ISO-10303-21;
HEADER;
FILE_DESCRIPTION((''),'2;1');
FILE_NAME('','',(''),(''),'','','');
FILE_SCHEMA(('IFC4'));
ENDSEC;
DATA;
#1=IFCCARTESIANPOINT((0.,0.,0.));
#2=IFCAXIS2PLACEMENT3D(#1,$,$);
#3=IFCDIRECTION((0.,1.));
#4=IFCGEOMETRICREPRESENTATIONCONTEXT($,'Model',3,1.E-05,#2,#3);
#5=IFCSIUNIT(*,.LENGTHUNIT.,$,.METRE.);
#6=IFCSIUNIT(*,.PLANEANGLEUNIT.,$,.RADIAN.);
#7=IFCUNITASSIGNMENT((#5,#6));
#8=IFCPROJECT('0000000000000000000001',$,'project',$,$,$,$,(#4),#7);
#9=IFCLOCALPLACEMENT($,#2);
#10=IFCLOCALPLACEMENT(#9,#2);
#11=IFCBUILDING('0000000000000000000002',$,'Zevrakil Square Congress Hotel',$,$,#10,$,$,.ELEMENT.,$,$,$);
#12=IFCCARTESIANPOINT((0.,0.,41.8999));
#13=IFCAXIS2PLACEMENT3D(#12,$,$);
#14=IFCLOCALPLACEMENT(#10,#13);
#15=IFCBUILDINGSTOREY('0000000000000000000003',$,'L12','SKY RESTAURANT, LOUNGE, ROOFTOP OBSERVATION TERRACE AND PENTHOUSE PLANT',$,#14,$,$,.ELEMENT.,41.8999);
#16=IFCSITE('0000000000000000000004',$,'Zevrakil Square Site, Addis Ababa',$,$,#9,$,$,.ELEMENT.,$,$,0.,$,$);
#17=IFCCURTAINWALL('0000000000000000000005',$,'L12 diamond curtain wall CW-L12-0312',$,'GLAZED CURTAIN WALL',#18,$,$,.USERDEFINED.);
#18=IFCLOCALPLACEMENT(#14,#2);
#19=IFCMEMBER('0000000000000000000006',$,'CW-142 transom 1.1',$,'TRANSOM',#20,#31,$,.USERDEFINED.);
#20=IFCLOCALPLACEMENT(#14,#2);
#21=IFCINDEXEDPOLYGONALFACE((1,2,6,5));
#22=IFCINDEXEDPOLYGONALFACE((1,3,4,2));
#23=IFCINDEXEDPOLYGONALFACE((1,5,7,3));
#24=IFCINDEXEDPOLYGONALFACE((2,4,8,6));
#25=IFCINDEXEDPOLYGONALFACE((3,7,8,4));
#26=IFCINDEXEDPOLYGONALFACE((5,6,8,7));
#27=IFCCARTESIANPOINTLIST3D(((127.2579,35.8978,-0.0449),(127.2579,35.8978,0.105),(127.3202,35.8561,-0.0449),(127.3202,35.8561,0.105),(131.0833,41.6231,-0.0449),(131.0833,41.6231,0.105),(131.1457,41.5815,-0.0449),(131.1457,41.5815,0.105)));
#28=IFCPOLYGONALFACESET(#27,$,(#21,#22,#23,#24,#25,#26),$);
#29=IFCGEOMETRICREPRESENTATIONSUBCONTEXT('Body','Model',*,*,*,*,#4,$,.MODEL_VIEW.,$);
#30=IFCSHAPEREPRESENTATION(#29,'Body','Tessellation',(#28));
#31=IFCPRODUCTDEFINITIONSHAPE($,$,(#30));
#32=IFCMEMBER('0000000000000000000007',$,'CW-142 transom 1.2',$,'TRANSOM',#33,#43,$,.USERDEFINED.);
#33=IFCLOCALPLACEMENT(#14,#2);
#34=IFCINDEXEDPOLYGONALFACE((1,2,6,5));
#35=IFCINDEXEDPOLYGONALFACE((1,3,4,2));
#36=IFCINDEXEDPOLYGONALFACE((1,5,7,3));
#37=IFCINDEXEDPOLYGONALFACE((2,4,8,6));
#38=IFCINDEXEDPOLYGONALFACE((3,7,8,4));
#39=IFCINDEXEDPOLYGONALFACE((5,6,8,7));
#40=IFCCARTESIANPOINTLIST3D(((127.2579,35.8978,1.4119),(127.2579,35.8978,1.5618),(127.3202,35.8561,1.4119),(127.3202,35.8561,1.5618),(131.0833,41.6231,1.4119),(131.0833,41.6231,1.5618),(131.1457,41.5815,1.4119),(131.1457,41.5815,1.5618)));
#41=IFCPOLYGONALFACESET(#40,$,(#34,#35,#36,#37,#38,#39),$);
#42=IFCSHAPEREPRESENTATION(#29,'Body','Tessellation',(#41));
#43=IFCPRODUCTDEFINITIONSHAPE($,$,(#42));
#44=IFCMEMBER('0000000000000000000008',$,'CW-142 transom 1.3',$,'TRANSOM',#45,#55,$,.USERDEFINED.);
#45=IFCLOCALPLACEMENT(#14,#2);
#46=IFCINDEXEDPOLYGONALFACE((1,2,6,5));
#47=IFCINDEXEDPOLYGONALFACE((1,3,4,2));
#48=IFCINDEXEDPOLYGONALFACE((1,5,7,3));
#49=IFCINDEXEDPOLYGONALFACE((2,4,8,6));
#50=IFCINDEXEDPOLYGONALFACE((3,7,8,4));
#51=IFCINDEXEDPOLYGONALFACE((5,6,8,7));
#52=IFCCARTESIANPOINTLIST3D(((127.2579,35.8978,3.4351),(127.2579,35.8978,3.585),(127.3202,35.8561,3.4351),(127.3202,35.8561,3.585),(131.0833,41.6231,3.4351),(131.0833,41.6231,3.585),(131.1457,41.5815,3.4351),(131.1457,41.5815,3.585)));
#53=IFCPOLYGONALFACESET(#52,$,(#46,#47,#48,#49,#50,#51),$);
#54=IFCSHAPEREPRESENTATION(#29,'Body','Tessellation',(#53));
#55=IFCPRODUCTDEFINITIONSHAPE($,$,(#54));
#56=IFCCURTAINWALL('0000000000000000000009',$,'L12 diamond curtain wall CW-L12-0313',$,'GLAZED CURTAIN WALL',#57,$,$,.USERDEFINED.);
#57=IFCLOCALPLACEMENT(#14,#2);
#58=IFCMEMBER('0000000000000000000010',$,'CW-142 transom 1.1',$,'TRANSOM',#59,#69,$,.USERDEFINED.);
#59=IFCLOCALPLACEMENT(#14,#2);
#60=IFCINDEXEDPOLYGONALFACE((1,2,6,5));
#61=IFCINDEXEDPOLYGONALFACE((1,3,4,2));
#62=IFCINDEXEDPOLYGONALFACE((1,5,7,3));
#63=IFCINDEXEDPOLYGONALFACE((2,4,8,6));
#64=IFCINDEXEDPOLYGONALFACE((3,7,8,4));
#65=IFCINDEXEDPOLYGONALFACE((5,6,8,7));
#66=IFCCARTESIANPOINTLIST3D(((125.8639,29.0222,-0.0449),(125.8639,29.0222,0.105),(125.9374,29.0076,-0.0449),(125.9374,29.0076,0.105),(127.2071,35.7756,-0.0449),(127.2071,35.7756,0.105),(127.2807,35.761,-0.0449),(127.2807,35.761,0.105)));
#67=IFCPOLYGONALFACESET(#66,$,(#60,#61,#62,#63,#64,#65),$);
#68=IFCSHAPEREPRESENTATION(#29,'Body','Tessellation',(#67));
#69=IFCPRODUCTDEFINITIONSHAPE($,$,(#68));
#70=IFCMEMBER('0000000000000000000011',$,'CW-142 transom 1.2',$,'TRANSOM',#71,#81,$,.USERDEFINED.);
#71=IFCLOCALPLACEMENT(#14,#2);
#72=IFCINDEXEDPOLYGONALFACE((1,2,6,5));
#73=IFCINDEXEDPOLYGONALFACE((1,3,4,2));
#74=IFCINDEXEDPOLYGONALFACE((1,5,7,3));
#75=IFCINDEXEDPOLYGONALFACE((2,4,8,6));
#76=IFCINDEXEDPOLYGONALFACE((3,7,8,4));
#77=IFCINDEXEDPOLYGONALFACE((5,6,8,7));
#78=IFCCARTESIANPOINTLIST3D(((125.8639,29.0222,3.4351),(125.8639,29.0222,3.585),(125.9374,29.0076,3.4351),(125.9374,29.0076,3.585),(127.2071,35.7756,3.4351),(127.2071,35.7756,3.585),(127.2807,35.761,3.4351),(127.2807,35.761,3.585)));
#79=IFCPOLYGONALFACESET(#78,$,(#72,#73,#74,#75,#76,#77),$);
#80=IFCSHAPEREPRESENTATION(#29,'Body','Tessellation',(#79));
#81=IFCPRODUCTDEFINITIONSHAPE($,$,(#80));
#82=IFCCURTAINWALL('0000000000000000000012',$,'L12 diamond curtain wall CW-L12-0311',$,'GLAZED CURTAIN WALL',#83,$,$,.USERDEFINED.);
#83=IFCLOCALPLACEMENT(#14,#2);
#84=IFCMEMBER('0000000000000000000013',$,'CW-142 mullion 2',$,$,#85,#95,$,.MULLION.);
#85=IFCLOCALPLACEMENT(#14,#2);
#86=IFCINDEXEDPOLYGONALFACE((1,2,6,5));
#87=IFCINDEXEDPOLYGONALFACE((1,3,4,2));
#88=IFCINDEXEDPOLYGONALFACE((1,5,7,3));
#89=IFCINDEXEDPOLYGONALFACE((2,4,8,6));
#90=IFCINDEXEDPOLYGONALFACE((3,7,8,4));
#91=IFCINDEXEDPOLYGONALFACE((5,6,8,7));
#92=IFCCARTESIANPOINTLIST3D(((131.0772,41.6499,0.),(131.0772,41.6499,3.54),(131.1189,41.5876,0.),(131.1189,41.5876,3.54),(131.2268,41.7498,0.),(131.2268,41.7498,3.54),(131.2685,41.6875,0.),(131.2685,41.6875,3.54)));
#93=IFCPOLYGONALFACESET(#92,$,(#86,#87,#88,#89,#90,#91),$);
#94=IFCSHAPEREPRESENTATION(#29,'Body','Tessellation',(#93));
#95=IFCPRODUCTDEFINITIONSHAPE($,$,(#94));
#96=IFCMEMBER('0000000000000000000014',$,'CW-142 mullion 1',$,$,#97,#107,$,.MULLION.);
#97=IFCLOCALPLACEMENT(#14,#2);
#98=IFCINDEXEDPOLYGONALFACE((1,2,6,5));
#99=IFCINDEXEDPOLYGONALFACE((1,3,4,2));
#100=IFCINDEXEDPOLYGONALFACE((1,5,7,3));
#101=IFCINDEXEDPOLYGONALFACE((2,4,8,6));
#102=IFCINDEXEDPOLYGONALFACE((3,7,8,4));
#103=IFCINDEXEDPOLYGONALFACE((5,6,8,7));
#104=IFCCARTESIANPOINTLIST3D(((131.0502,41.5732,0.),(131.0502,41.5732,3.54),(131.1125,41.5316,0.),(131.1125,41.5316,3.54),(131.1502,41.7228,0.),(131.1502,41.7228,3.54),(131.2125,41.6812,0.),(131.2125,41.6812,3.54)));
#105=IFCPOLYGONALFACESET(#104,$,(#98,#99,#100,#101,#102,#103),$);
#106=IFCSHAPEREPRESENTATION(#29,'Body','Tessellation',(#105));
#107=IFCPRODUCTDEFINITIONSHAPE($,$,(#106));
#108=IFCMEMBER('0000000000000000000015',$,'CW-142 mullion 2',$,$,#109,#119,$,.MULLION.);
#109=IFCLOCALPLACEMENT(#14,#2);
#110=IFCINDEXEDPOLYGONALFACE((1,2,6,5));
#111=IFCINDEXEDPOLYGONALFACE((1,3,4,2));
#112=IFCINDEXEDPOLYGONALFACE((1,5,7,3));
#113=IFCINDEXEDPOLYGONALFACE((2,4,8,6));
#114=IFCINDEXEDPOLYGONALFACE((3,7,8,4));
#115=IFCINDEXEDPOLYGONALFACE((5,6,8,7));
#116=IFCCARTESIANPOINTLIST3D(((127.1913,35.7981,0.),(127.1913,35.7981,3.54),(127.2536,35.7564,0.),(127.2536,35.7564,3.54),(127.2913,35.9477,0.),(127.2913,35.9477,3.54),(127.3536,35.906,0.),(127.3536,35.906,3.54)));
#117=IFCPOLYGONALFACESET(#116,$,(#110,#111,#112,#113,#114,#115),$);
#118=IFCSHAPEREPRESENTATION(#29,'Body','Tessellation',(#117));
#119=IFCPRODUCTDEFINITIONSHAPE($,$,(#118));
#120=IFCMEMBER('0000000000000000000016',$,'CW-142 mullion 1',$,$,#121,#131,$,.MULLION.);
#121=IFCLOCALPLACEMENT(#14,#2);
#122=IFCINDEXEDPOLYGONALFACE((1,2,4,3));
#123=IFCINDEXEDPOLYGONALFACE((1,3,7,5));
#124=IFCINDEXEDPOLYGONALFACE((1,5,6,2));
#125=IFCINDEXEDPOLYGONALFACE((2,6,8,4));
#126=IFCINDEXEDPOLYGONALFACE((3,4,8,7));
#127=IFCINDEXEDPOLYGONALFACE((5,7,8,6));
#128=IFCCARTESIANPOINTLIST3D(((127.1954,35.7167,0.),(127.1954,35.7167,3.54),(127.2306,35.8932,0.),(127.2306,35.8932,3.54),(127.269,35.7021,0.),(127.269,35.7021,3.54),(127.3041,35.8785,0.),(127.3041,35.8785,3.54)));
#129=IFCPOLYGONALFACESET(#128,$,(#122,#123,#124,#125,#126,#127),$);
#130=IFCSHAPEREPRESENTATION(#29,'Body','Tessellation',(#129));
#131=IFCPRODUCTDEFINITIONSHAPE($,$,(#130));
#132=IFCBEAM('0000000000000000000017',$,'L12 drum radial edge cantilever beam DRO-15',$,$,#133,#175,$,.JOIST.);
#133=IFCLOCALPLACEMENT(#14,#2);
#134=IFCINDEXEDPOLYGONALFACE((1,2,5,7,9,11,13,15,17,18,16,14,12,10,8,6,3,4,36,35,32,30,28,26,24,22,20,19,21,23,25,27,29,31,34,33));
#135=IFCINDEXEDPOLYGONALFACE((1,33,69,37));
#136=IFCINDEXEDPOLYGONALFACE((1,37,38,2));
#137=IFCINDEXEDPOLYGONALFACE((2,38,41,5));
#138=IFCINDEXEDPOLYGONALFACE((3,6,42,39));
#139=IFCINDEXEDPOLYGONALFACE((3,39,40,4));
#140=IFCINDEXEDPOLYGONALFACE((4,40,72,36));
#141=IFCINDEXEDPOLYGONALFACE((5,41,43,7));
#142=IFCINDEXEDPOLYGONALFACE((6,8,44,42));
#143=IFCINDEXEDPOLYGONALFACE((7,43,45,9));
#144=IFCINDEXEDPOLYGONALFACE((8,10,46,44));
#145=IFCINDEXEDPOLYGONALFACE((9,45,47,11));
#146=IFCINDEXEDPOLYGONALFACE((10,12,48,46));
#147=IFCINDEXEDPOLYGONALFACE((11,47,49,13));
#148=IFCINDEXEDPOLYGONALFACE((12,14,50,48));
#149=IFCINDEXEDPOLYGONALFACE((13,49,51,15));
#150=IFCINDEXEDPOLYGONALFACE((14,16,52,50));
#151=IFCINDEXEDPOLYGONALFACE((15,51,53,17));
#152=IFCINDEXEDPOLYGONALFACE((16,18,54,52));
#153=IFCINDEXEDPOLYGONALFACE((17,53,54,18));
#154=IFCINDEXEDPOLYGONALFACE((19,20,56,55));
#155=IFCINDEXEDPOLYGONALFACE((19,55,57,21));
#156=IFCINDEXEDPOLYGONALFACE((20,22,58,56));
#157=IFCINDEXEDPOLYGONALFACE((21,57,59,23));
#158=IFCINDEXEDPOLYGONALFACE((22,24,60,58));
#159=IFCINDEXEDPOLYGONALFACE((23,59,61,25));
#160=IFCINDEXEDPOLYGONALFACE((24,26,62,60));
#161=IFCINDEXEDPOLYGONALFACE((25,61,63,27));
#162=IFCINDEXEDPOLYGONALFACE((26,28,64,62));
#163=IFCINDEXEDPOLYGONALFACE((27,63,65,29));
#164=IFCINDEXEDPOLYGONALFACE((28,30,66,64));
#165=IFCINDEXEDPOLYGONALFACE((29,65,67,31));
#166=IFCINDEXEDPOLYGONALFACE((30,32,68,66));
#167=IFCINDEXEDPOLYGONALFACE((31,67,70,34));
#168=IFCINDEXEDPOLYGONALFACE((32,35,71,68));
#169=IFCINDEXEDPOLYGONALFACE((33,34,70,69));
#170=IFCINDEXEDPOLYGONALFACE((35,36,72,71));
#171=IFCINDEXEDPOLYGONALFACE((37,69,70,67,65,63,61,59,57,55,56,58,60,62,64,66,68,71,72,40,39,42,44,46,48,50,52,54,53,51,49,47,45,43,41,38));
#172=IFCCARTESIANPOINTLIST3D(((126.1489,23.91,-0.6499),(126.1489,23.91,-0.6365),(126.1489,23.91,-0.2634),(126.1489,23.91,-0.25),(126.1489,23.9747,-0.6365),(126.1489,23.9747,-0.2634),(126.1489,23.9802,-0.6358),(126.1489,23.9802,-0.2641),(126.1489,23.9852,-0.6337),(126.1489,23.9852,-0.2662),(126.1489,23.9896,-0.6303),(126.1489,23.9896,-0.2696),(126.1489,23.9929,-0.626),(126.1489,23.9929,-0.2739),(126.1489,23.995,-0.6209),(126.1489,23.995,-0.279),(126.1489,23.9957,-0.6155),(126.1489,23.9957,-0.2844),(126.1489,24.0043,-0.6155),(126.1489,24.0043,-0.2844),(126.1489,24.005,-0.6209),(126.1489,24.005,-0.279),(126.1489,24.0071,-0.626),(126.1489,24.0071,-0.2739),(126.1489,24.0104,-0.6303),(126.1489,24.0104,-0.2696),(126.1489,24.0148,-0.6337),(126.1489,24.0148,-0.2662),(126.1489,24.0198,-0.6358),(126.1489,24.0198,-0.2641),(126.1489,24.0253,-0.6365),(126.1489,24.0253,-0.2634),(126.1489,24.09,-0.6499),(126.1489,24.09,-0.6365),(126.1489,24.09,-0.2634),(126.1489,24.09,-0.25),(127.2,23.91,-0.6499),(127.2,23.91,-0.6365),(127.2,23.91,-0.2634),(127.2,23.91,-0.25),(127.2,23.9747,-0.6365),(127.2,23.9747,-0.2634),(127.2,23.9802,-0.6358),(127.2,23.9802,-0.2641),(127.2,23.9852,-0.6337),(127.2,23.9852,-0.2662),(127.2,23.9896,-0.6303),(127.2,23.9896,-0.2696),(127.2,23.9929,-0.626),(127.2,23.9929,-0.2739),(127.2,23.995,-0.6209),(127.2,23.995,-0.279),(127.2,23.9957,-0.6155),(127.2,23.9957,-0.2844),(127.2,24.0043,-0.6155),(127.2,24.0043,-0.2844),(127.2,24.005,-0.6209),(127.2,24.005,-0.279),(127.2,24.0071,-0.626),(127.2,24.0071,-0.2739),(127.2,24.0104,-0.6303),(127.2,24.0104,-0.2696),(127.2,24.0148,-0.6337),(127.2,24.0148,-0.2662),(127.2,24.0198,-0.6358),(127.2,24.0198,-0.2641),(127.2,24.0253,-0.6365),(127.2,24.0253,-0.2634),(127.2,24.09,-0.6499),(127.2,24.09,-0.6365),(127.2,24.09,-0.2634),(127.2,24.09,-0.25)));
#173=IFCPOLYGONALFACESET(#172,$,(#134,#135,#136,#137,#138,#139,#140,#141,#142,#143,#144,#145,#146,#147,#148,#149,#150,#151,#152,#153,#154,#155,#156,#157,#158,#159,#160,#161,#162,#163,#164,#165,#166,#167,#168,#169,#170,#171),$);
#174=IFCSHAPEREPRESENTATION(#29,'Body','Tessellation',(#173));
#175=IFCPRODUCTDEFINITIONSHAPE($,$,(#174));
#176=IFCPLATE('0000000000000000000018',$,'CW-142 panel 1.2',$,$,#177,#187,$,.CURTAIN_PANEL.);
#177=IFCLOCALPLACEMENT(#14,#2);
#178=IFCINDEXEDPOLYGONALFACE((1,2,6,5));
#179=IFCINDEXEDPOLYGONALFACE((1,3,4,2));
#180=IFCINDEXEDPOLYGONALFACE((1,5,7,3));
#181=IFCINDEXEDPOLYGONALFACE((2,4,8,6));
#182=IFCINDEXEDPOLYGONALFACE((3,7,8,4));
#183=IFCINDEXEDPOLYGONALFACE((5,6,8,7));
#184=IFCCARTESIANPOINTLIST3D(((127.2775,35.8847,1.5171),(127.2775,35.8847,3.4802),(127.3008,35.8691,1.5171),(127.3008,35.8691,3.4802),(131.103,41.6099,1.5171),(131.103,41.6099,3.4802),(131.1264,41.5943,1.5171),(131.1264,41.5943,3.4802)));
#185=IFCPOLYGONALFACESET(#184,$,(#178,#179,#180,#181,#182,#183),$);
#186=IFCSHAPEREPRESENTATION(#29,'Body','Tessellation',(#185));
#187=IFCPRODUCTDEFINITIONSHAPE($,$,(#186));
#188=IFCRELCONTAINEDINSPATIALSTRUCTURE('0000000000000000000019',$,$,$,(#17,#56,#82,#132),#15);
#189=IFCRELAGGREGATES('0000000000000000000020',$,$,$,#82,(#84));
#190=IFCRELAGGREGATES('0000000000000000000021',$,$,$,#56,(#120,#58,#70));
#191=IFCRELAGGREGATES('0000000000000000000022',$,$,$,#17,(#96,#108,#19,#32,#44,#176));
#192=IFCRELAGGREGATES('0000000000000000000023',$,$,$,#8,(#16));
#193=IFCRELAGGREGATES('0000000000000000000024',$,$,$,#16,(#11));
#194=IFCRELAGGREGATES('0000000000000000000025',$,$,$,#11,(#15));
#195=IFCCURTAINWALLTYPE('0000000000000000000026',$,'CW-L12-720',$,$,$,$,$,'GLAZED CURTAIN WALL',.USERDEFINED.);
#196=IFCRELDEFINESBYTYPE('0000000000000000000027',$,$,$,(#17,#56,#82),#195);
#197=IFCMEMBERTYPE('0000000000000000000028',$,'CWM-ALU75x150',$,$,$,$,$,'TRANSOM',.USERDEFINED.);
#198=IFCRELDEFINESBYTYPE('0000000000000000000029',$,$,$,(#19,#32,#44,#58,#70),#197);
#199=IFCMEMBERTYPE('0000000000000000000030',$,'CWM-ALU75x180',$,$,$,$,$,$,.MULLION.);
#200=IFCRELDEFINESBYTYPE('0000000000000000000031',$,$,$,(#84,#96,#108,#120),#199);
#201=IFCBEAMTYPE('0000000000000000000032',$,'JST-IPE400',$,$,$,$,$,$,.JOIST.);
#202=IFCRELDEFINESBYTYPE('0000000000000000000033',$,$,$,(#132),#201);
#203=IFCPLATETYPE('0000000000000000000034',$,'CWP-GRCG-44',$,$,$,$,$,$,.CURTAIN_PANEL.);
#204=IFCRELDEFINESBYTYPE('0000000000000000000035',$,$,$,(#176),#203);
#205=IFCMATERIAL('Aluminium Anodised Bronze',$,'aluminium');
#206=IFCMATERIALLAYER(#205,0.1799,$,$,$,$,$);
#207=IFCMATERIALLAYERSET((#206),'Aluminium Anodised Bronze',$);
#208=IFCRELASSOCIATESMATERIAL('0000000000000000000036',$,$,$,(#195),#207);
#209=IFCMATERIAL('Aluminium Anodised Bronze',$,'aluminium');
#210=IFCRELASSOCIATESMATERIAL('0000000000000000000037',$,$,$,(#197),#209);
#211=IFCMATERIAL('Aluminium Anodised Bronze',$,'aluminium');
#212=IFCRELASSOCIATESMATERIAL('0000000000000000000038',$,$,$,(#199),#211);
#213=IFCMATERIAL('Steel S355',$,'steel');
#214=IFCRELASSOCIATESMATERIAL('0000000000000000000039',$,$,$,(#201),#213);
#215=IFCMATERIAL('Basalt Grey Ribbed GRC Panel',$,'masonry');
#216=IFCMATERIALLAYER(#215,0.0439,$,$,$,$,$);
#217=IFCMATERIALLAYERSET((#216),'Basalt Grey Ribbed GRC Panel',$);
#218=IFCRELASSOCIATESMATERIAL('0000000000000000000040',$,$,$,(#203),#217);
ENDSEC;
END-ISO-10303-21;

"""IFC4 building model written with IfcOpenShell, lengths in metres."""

from ifc_helpers import new_model, si_unit, direction, frame, origin, origin_2d, place, context, subcontext, project, spatial, rectangle, i_section, extrude, material, layer, layer_set, material_profile, profile_set, type_object, element, aggregate, save


model = new_model("IFC4")

# Units and contexts
model_context = context("Model", 3, precision=1e-05, world=origin(), true_north=direction((0.0, 1.0)))
body_context = subcontext(model_context, "Body", "Model", "MODEL_VIEW")
ifc_project = project(units=[si_unit("LENGTHUNIT", "METRE"), si_unit("PLANEANGLEUNIT", "RADIAN")], contexts=[model_context])

# Site, building, storey
site_placement = place(None, origin())
site = spatial("IfcSite", under=ifc_project, at=site_placement, Name="Zevrakil Square Site, Addis Ababa", CompositionType="ELEMENT", RefElevation=0.0)
building_placement = place(site_placement, origin())
building = spatial("IfcBuilding", under=site, at=building_placement, Name="Zevrakil Square Congress Hotel", CompositionType="ELEMENT")
storey_placement = place(building_placement, frame((0.0, 0.0, 41.8999)))
storey = spatial("IfcBuildingStorey", under=building, at=storey_placement, Name="L12", Description="SKY RESTAURANT, LOUNGE, ROOFTOP OBSERVATION TERRACE AND PENTHOUSE PLANT", CompositionType="ELEMENT", Elevation=41.8999)

# Curtain walls, members
ifc_material_1 = material(Name="Aluminium Anodised Bronze", Category="aluminium")
ifc_layer_1 = layer(ifc_material_1, 0.1799)
ifc_layer_set_1 = layer_set([ifc_layer_1], Name="Aluminium Anodised Bronze")
curtain_wall_type = type_object("IfcCurtainWallType", Name="CW-L12-720", ElementType="GLAZED CURTAIN WALL", PredefinedType="USERDEFINED", material=ifc_layer_set_1)
curtain_wall_1_placement = place(storey_placement, origin())
curtain_wall_1 = element("IfcCurtainWall", 1, at=curtain_wall_1_placement, inside=storey, type_object=curtain_wall_type, Name="L12 diamond curtain wall CW-L12-0312", ObjectType="GLAZED CURTAIN WALL", PredefinedType="USERDEFINED")
ifc_material_2 = material(Name="Aluminium Anodised Bronze", Category="aluminium")
ifc_material_profile_1 = material_profile(ifc_material_2, rectangle(XDim=0.075, YDim=0.1499, at=origin_2d()), Name="ALU 75x150")
ifc_profile_set_1 = profile_set([ifc_material_profile_1], Name="Aluminium Anodised Bronze")
member_type_1 = type_object("IfcMemberType", Name="CWM-ALU75x150", ElementType="TRANSOM", PredefinedType="USERDEFINED", material=ifc_profile_set_1)
member_1_placement = place(storey_placement, frame((131.1145, 41.6023, 0.03), z_axis=(-0.555559, -0.831477, 0.0), x_axis=(0.831477, -0.555559, 0.0)))
member_1 = element("IfcMember", 2, at=member_1_placement, type_object=member_type_1, Name="CW-142 transom 1.1", ObjectType="TRANSOM", PredefinedType="USERDEFINED", context=body_context, shape_type="SweptSolid", body=[
    extrude(rectangle(XDim=0.075, YDim=0.1499, at=origin_2d()), origin(), (0.0, 0.0, 1.0), 6.8857),
])
member_2_placement = place(storey_placement, frame((131.1145, 41.6023, 1.4868), z_axis=(-0.555559, -0.831477, 0.0), x_axis=(0.831477, -0.555559, 0.0)))
member_2 = element("IfcMember", 3, at=member_2_placement, type_object=member_type_1, Name="CW-142 transom 1.2", ObjectType="TRANSOM", PredefinedType="USERDEFINED", context=body_context, shape_type="SweptSolid", body=[
    extrude(rectangle(XDim=0.075, YDim=0.1499, at=origin_2d()), origin(), (0.0, 0.0, 1.0), 6.8857),
])
member_3_placement = place(storey_placement, frame((131.1145, 41.6023, 3.51), z_axis=(-0.555559, -0.831477, 0.0), x_axis=(0.831477, -0.555559, 0.0)))
member_3 = element("IfcMember", 4, at=member_3_placement, type_object=member_type_1, Name="CW-142 transom 1.3", ObjectType="TRANSOM", PredefinedType="USERDEFINED", context=body_context, shape_type="SweptSolid", body=[
    extrude(rectangle(XDim=0.075, YDim=0.1499, at=origin_2d()), origin(), (0.0, 0.0, 1.0), 6.8857),
])
curtain_wall_2_placement = place(storey_placement, origin())
curtain_wall_2 = element("IfcCurtainWall", 5, at=curtain_wall_2_placement, inside=storey, type_object=curtain_wall_type, Name="L12 diamond curtain wall CW-L12-0313", ObjectType="GLAZED CURTAIN WALL", PredefinedType="USERDEFINED")
member_4_placement = place(storey_placement, frame((127.2439, 35.7683, 0.03), z_axis=(-0.19508, -0.980787, 0.0), x_axis=(0.980787, -0.19508, 0.0)))
member_4 = element("IfcMember", 6, at=member_4_placement, type_object=member_type_1, Name="CW-142 transom 1.1", ObjectType="TRANSOM", PredefinedType="USERDEFINED", context=body_context, shape_type="SweptSolid", body=[
    extrude(rectangle(XDim=0.075, YDim=0.1499, at=origin_2d()), origin(), (0.0, 0.0, 1.0), 6.8857),
])
member_5_placement = place(storey_placement, frame((127.2439, 35.7683, 3.51), z_axis=(-0.19508, -0.980787, 0.0), x_axis=(0.980787, -0.19508, 0.0)))
member_5 = element("IfcMember", 7, at=member_5_placement, type_object=member_type_1, Name="CW-142 transom 1.2", ObjectType="TRANSOM", PredefinedType="USERDEFINED", context=body_context, shape_type="SweptSolid", body=[
    extrude(rectangle(XDim=0.075, YDim=0.1499, at=origin_2d()), origin(), (0.0, 0.0, 1.0), 6.8857),
])

# Curtain wall, member
curtain_wall_3_placement = place(storey_placement, origin())
curtain_wall_3 = element("IfcCurtainWall", 8, at=curtain_wall_3_placement, inside=storey, type_object=curtain_wall_type, Name="L12 diamond curtain wall CW-L12-0311", ObjectType="GLAZED CURTAIN WALL", PredefinedType="USERDEFINED")
ifc_material_3 = material(Name="Aluminium Anodised Bronze", Category="aluminium")
ifc_material_profile_2 = material_profile(ifc_material_3, rectangle(XDim=0.075, YDim=0.1799, at=origin_2d()), Name="ALU 75x180")
ifc_profile_set_2 = profile_set([ifc_material_profile_2], Name="Aluminium Anodised Bronze")
member_type_2 = type_object("IfcMemberType", Name="CWM-ALU75x180", PredefinedType="MULLION", material=ifc_profile_set_2)
member_6_placement = place(storey_placement, frame((131.1729, 41.6687, 0.0), z_axis=(0.0, 0.0, 1.0), x_axis=(0.555576, -0.831466, 0.0)))
member_6 = element("IfcMember", 9, at=member_6_placement, type_object=member_type_2, Name="CW-142 mullion 2", PredefinedType="MULLION", context=body_context, shape_type="SweptSolid", body=[
    extrude(rectangle(XDim=0.075, YDim=0.1799, at=origin_2d()), origin(), (0.0, 0.0, 1.0), 3.54),
])
aggregate(curtain_wall_3, [member_6])

# Members
member_7_placement = place(storey_placement, frame((131.1313, 41.6272, 0.0), z_axis=(0.0, 0.0, 1.0), x_axis=(0.831466, -0.555576, 0.0)))
member_7 = element("IfcMember", 10, at=member_7_placement, type_object=member_type_2, Name="CW-142 mullion 1", PredefinedType="MULLION", context=body_context, shape_type="SweptSolid", body=[
    extrude(rectangle(XDim=0.075, YDim=0.1799, at=origin_2d()), origin(), (0.0, 0.0, 1.0), 3.54),
])
member_8_placement = place(storey_placement, frame((127.2725, 35.8521, 0.0), z_axis=(0.0, 0.0, 1.0), x_axis=(0.831466, -0.555576, 0.0)))
member_8 = element("IfcMember", 11, at=member_8_placement, type_object=member_type_2, Name="CW-142 mullion 2", PredefinedType="MULLION", context=body_context, shape_type="SweptSolid", body=[
    extrude(rectangle(XDim=0.075, YDim=0.1799, at=origin_2d()), origin(), (0.0, 0.0, 1.0), 3.54),
])
member_9_placement = place(storey_placement, frame((127.2498, 35.7976, 0.0), z_axis=(0.0, 0.0, 1.0), x_axis=(0.980787, -0.195084, 0.0)))
member_9 = element("IfcMember", 12, at=member_9_placement, type_object=member_type_2, Name="CW-142 mullion 1", PredefinedType="MULLION", context=body_context, shape_type="SweptSolid", body=[
    extrude(rectangle(XDim=0.075, YDim=0.1799, at=origin_2d()), origin(), (0.0, 0.0, 1.0), 3.54),
])
aggregate(curtain_wall_2, [member_9, member_4, member_5])

# Beam
ifc_material_4 = material(Name="Steel S355", Category="steel")
ifc_material_profile_3 = material_profile(ifc_material_4, i_section(OverallWidth=0.1799, OverallDepth=0.3999, WebThickness=0.0085, FlangeThickness=0.0134, FilletRadius=0.021, at=origin_2d()), Name="IPE 400")
ifc_profile_set_3 = profile_set([ifc_material_profile_3], Name="Steel S355")
beam_type = type_object("IfcBeamType", Name="JST-IPE400", PredefinedType="JOIST", material=ifc_profile_set_3)
beam_placement = place(storey_placement, frame((127.2, 24.0, -0.45), z_axis=(-1.0, 0.0, 0.0), x_axis=(0.0, -1.0, 0.0)))
element("IfcBeam", 13, at=beam_placement, inside=storey, type_object=beam_type, Name="L12 drum radial edge cantilever beam DRO-15", PredefinedType="JOIST", context=body_context, shape_type="SweptSolid", body=[
    extrude(i_section(OverallWidth=0.1799, OverallDepth=0.3999, WebThickness=0.0085, FlangeThickness=0.0134, FilletRadius=0.021, at=origin_2d()), origin(), (0.0, 0.0, 1.0), 1.051),
])

# Plate
ifc_material_5 = material(Name="Basalt Grey Ribbed GRC Panel", Category="masonry")
ifc_layer_2 = layer(ifc_material_5, 0.0439)
ifc_layer_set_2 = layer_set([ifc_layer_2], Name="Basalt Grey Ribbed GRC Panel")
plate_type_1 = type_object("IfcPlateType", Name="CWP-GRCG-44", PredefinedType="CURTAIN_PANEL", material=ifc_layer_set_2)
plate_1_placement = place(storey_placement, frame((129.2019, 38.7395, 1.5171), z_axis=(0.0, 0.0, 1.0), x_axis=(-0.555576, -0.831466, 0.0)))
plate_1 = element("IfcPlate", 14, at=plate_1_placement, type_object=plate_type_1, Name="CW-142 panel 1.2", PredefinedType="CURTAIN_PANEL", context=body_context, shape_type="SweptSolid", body=[
    extrude(rectangle(XDim=6.8857, YDim=0.0281, at=origin_2d()), origin(), (0.0, 0.0, 1.0), 1.9631),
])
aggregate(curtain_wall_1, [member_7, member_8, member_1, member_2, member_3, plate_1])

save(model, "model.ifc")
